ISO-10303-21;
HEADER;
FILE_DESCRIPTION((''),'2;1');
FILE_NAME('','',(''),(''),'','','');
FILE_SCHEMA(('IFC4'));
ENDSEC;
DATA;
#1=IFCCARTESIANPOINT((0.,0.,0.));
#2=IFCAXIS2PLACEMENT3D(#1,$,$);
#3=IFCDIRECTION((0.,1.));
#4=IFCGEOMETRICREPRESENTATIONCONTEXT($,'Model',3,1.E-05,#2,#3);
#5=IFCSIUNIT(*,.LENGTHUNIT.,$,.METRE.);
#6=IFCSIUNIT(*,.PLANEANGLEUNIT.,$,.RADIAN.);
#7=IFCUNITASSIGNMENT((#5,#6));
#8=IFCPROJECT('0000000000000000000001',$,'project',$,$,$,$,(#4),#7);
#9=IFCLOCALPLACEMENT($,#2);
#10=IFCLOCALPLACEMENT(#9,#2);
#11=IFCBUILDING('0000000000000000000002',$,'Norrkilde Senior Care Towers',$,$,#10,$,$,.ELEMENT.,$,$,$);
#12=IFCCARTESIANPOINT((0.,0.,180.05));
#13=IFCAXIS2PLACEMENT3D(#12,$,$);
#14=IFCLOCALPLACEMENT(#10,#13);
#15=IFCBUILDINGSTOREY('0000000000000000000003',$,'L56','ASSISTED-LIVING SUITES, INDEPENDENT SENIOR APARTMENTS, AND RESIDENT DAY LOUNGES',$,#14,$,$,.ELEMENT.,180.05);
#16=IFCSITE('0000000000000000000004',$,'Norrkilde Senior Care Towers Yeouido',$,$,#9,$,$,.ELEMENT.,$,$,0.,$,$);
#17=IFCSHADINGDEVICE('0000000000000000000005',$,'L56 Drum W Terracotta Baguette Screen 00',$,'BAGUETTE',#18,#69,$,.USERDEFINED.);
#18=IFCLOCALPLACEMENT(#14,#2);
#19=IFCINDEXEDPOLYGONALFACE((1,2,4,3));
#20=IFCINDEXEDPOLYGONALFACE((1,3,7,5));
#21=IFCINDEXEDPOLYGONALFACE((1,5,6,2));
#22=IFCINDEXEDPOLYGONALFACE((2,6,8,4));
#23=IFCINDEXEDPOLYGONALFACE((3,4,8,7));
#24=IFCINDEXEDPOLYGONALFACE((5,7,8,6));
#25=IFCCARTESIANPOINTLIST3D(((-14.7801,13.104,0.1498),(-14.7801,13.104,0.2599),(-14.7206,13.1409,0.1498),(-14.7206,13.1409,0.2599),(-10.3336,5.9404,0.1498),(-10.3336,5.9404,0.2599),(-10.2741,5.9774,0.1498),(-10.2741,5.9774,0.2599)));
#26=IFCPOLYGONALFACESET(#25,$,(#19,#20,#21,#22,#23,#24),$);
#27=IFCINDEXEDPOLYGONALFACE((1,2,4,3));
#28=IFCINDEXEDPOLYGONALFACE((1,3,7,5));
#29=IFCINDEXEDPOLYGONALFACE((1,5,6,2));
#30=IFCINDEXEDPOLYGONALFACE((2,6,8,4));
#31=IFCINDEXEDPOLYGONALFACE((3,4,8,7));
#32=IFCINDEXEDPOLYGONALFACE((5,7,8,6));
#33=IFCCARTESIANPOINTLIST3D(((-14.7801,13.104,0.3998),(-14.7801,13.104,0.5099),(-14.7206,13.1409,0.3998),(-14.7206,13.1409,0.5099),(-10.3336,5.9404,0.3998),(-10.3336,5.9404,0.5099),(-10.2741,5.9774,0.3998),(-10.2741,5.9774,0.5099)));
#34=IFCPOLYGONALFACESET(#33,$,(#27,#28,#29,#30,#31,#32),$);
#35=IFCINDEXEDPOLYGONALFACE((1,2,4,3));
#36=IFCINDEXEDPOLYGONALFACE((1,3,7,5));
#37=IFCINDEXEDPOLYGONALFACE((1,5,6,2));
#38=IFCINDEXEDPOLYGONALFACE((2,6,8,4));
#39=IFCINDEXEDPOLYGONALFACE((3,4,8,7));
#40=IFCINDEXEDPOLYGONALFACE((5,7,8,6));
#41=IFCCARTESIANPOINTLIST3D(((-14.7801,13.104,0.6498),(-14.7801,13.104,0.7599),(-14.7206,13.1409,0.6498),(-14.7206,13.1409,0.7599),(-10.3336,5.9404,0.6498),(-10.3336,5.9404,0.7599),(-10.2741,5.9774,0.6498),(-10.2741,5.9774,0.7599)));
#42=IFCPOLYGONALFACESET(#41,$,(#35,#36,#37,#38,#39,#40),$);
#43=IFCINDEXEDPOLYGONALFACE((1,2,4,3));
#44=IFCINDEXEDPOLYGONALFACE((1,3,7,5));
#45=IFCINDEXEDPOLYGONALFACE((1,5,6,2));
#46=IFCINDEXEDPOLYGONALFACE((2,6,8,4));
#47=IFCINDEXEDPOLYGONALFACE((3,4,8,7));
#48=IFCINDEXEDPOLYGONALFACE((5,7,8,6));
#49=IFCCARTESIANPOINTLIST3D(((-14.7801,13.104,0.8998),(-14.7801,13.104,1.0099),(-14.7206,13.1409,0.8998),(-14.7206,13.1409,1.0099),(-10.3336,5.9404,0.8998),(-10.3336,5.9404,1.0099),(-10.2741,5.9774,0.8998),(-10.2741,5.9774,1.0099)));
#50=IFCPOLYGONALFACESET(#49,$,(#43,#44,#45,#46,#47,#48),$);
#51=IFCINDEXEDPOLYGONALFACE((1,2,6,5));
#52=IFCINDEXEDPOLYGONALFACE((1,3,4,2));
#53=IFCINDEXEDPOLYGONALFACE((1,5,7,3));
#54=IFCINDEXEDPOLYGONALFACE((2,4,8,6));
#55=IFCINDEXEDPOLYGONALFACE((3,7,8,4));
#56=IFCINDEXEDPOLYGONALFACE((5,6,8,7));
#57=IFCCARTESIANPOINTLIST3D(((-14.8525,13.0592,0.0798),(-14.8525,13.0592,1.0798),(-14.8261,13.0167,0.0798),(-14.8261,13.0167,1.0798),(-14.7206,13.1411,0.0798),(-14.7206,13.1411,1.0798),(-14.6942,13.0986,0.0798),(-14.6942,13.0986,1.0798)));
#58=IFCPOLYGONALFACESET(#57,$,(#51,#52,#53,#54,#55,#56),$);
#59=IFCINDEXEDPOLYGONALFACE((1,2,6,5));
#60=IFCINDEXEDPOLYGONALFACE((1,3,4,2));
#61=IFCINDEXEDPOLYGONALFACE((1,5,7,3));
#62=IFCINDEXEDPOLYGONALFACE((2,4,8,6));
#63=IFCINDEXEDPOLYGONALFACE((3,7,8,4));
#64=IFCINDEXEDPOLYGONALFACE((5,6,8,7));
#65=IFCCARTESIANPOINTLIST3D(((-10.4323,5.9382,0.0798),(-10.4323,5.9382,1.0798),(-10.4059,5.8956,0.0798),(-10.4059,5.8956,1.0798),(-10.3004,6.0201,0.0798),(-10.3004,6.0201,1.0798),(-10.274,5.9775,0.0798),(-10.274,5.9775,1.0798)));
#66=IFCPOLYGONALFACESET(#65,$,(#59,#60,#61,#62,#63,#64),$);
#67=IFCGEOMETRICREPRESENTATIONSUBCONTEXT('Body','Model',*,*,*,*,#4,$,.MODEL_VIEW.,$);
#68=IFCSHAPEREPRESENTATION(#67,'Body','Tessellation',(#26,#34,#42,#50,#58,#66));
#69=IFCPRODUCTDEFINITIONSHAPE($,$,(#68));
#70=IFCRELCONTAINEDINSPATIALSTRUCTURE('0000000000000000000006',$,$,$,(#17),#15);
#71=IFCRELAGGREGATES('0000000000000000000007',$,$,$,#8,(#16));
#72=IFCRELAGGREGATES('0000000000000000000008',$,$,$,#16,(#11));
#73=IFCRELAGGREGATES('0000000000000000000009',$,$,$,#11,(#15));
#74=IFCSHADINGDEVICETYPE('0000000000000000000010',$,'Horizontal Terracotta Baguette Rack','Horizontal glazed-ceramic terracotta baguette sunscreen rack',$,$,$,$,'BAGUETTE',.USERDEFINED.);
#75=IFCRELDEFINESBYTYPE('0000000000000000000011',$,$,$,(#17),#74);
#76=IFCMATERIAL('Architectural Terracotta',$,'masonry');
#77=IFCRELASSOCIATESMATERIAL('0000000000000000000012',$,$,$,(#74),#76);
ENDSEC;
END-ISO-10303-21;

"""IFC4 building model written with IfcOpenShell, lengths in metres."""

from ifc_helpers import new_model, si_unit, direction, frame, origin, origin_2d, place, context, subcontext, project, spatial, rectangle, extrude, source, transform, mapped, material, type_object, type_shapes, element, save


model = new_model("IFC4")

# Units and contexts
model_context = context("Model", 3, precision=1e-05, world=origin(), true_north=direction((0.0, 1.0)))
body_context = subcontext(model_context, "Body", "Model", "MODEL_VIEW")
ifc_project = project(units=[si_unit("LENGTHUNIT", "METRE"), si_unit("PLANEANGLEUNIT", "RADIAN")], contexts=[model_context])

# Site, building, storey
site_placement = place(None, origin())
site = spatial("IfcSite", under=ifc_project, at=site_placement, Name="Norrkilde Senior Care Towers Yeouido", CompositionType="ELEMENT", RefElevation=0.0)
building_placement = place(site_placement, origin())
building = spatial("IfcBuilding", under=site, at=building_placement, Name="Norrkilde Senior Care Towers", CompositionType="ELEMENT")
storey_placement = place(building_placement, frame((0.0, 0.0, 180.05)))
storey = spatial("IfcBuildingStorey", under=building, at=storey_placement, Name="L56", Description="ASSISTED-LIVING SUITES, INDEPENDENT SENIOR APARTMENTS, AND RESIDENT DAY LOUNGES", CompositionType="ELEMENT", Elevation=180.05)

# Shading device
ifc_material_1 = material(Name="Architectural Terracotta", Category="masonry")
shading_device_type = type_object("IfcShadingDeviceType", Name="Horizontal Terracotta Baguette Rack", Description="Horizontal glazed-ceramic terracotta baguette sunscreen rack", ElementType="BAGUETTE", PredefinedType="USERDEFINED", material=ifc_material_1)
shared_shape_1 = source(origin(), body_context, "Body", "SweptSolid", [
    extrude(rectangle(XDim=0.0701, YDim=0.1101, at=origin_2d()), frame((0.0, 0.0901, 0.125), z_axis=(1.0, 0.0, 0.0), x_axis=(0.0, 1.0, 0.0)), (0.0, 0.0, 1.0), 8.4314),
    extrude(rectangle(XDim=0.0701, YDim=0.1101, at=origin_2d()), frame((0.0, 0.0901, 0.375), z_axis=(1.0, 0.0, 0.0), x_axis=(0.0, 1.0, 0.0)), (0.0, 0.0, 1.0), 8.4314),
    extrude(rectangle(XDim=0.0701, YDim=0.1101, at=origin_2d()), frame((0.0, 0.0901, 0.625), z_axis=(1.0, 0.0, 0.0), x_axis=(0.0, 1.0, 0.0)), (0.0, 0.0, 1.0), 8.4314),
    extrude(rectangle(XDim=0.0701, YDim=0.1101, at=origin_2d()), frame((0.0, 0.0901, 0.875), z_axis=(1.0, 0.0, 0.0), x_axis=(0.0, 1.0, 0.0)), (0.0, 0.0, 1.0), 8.4314),
    extrude(rectangle(XDim=0.05, YDim=0.1553, at=origin_2d()), frame((0.0249, 0.0476, 0.0)), (0.0, 0.0, 1.0), 1.0),
    extrude(rectangle(XDim=0.05, YDim=0.1553, at=origin_2d()), frame((8.4062, 0.0476, 0.0)), (0.0, 0.0, 1.0), 1.0),
])
type_shapes(shading_device_type, [shared_shape_1])
shading_device_placement = place(storey_placement, frame((-14.8269, 13.075, 0.0798), z_axis=(0.0, 0.0, 1.0), x_axis=(0.527378, -0.849631, 0.0)))
element("IfcShadingDevice", 1, at=shading_device_placement, inside=storey, type_object=shading_device_type, Name="L56 Drum W Terracotta Baguette Screen 00", ObjectType="BAGUETTE", PredefinedType="USERDEFINED", context=body_context, shape_type="MappedRepresentation", body=[
    mapped(shared_shape_1, transform((0.0, 0.0, 0.0), x_axis=(1.0, 0.0, 0.0), y_axis=(0.0, 1.0, 0.0), z_axis=(0.0, 0.0, 1.0), scale=1.0)),
])

save(model, "model.ifc")
